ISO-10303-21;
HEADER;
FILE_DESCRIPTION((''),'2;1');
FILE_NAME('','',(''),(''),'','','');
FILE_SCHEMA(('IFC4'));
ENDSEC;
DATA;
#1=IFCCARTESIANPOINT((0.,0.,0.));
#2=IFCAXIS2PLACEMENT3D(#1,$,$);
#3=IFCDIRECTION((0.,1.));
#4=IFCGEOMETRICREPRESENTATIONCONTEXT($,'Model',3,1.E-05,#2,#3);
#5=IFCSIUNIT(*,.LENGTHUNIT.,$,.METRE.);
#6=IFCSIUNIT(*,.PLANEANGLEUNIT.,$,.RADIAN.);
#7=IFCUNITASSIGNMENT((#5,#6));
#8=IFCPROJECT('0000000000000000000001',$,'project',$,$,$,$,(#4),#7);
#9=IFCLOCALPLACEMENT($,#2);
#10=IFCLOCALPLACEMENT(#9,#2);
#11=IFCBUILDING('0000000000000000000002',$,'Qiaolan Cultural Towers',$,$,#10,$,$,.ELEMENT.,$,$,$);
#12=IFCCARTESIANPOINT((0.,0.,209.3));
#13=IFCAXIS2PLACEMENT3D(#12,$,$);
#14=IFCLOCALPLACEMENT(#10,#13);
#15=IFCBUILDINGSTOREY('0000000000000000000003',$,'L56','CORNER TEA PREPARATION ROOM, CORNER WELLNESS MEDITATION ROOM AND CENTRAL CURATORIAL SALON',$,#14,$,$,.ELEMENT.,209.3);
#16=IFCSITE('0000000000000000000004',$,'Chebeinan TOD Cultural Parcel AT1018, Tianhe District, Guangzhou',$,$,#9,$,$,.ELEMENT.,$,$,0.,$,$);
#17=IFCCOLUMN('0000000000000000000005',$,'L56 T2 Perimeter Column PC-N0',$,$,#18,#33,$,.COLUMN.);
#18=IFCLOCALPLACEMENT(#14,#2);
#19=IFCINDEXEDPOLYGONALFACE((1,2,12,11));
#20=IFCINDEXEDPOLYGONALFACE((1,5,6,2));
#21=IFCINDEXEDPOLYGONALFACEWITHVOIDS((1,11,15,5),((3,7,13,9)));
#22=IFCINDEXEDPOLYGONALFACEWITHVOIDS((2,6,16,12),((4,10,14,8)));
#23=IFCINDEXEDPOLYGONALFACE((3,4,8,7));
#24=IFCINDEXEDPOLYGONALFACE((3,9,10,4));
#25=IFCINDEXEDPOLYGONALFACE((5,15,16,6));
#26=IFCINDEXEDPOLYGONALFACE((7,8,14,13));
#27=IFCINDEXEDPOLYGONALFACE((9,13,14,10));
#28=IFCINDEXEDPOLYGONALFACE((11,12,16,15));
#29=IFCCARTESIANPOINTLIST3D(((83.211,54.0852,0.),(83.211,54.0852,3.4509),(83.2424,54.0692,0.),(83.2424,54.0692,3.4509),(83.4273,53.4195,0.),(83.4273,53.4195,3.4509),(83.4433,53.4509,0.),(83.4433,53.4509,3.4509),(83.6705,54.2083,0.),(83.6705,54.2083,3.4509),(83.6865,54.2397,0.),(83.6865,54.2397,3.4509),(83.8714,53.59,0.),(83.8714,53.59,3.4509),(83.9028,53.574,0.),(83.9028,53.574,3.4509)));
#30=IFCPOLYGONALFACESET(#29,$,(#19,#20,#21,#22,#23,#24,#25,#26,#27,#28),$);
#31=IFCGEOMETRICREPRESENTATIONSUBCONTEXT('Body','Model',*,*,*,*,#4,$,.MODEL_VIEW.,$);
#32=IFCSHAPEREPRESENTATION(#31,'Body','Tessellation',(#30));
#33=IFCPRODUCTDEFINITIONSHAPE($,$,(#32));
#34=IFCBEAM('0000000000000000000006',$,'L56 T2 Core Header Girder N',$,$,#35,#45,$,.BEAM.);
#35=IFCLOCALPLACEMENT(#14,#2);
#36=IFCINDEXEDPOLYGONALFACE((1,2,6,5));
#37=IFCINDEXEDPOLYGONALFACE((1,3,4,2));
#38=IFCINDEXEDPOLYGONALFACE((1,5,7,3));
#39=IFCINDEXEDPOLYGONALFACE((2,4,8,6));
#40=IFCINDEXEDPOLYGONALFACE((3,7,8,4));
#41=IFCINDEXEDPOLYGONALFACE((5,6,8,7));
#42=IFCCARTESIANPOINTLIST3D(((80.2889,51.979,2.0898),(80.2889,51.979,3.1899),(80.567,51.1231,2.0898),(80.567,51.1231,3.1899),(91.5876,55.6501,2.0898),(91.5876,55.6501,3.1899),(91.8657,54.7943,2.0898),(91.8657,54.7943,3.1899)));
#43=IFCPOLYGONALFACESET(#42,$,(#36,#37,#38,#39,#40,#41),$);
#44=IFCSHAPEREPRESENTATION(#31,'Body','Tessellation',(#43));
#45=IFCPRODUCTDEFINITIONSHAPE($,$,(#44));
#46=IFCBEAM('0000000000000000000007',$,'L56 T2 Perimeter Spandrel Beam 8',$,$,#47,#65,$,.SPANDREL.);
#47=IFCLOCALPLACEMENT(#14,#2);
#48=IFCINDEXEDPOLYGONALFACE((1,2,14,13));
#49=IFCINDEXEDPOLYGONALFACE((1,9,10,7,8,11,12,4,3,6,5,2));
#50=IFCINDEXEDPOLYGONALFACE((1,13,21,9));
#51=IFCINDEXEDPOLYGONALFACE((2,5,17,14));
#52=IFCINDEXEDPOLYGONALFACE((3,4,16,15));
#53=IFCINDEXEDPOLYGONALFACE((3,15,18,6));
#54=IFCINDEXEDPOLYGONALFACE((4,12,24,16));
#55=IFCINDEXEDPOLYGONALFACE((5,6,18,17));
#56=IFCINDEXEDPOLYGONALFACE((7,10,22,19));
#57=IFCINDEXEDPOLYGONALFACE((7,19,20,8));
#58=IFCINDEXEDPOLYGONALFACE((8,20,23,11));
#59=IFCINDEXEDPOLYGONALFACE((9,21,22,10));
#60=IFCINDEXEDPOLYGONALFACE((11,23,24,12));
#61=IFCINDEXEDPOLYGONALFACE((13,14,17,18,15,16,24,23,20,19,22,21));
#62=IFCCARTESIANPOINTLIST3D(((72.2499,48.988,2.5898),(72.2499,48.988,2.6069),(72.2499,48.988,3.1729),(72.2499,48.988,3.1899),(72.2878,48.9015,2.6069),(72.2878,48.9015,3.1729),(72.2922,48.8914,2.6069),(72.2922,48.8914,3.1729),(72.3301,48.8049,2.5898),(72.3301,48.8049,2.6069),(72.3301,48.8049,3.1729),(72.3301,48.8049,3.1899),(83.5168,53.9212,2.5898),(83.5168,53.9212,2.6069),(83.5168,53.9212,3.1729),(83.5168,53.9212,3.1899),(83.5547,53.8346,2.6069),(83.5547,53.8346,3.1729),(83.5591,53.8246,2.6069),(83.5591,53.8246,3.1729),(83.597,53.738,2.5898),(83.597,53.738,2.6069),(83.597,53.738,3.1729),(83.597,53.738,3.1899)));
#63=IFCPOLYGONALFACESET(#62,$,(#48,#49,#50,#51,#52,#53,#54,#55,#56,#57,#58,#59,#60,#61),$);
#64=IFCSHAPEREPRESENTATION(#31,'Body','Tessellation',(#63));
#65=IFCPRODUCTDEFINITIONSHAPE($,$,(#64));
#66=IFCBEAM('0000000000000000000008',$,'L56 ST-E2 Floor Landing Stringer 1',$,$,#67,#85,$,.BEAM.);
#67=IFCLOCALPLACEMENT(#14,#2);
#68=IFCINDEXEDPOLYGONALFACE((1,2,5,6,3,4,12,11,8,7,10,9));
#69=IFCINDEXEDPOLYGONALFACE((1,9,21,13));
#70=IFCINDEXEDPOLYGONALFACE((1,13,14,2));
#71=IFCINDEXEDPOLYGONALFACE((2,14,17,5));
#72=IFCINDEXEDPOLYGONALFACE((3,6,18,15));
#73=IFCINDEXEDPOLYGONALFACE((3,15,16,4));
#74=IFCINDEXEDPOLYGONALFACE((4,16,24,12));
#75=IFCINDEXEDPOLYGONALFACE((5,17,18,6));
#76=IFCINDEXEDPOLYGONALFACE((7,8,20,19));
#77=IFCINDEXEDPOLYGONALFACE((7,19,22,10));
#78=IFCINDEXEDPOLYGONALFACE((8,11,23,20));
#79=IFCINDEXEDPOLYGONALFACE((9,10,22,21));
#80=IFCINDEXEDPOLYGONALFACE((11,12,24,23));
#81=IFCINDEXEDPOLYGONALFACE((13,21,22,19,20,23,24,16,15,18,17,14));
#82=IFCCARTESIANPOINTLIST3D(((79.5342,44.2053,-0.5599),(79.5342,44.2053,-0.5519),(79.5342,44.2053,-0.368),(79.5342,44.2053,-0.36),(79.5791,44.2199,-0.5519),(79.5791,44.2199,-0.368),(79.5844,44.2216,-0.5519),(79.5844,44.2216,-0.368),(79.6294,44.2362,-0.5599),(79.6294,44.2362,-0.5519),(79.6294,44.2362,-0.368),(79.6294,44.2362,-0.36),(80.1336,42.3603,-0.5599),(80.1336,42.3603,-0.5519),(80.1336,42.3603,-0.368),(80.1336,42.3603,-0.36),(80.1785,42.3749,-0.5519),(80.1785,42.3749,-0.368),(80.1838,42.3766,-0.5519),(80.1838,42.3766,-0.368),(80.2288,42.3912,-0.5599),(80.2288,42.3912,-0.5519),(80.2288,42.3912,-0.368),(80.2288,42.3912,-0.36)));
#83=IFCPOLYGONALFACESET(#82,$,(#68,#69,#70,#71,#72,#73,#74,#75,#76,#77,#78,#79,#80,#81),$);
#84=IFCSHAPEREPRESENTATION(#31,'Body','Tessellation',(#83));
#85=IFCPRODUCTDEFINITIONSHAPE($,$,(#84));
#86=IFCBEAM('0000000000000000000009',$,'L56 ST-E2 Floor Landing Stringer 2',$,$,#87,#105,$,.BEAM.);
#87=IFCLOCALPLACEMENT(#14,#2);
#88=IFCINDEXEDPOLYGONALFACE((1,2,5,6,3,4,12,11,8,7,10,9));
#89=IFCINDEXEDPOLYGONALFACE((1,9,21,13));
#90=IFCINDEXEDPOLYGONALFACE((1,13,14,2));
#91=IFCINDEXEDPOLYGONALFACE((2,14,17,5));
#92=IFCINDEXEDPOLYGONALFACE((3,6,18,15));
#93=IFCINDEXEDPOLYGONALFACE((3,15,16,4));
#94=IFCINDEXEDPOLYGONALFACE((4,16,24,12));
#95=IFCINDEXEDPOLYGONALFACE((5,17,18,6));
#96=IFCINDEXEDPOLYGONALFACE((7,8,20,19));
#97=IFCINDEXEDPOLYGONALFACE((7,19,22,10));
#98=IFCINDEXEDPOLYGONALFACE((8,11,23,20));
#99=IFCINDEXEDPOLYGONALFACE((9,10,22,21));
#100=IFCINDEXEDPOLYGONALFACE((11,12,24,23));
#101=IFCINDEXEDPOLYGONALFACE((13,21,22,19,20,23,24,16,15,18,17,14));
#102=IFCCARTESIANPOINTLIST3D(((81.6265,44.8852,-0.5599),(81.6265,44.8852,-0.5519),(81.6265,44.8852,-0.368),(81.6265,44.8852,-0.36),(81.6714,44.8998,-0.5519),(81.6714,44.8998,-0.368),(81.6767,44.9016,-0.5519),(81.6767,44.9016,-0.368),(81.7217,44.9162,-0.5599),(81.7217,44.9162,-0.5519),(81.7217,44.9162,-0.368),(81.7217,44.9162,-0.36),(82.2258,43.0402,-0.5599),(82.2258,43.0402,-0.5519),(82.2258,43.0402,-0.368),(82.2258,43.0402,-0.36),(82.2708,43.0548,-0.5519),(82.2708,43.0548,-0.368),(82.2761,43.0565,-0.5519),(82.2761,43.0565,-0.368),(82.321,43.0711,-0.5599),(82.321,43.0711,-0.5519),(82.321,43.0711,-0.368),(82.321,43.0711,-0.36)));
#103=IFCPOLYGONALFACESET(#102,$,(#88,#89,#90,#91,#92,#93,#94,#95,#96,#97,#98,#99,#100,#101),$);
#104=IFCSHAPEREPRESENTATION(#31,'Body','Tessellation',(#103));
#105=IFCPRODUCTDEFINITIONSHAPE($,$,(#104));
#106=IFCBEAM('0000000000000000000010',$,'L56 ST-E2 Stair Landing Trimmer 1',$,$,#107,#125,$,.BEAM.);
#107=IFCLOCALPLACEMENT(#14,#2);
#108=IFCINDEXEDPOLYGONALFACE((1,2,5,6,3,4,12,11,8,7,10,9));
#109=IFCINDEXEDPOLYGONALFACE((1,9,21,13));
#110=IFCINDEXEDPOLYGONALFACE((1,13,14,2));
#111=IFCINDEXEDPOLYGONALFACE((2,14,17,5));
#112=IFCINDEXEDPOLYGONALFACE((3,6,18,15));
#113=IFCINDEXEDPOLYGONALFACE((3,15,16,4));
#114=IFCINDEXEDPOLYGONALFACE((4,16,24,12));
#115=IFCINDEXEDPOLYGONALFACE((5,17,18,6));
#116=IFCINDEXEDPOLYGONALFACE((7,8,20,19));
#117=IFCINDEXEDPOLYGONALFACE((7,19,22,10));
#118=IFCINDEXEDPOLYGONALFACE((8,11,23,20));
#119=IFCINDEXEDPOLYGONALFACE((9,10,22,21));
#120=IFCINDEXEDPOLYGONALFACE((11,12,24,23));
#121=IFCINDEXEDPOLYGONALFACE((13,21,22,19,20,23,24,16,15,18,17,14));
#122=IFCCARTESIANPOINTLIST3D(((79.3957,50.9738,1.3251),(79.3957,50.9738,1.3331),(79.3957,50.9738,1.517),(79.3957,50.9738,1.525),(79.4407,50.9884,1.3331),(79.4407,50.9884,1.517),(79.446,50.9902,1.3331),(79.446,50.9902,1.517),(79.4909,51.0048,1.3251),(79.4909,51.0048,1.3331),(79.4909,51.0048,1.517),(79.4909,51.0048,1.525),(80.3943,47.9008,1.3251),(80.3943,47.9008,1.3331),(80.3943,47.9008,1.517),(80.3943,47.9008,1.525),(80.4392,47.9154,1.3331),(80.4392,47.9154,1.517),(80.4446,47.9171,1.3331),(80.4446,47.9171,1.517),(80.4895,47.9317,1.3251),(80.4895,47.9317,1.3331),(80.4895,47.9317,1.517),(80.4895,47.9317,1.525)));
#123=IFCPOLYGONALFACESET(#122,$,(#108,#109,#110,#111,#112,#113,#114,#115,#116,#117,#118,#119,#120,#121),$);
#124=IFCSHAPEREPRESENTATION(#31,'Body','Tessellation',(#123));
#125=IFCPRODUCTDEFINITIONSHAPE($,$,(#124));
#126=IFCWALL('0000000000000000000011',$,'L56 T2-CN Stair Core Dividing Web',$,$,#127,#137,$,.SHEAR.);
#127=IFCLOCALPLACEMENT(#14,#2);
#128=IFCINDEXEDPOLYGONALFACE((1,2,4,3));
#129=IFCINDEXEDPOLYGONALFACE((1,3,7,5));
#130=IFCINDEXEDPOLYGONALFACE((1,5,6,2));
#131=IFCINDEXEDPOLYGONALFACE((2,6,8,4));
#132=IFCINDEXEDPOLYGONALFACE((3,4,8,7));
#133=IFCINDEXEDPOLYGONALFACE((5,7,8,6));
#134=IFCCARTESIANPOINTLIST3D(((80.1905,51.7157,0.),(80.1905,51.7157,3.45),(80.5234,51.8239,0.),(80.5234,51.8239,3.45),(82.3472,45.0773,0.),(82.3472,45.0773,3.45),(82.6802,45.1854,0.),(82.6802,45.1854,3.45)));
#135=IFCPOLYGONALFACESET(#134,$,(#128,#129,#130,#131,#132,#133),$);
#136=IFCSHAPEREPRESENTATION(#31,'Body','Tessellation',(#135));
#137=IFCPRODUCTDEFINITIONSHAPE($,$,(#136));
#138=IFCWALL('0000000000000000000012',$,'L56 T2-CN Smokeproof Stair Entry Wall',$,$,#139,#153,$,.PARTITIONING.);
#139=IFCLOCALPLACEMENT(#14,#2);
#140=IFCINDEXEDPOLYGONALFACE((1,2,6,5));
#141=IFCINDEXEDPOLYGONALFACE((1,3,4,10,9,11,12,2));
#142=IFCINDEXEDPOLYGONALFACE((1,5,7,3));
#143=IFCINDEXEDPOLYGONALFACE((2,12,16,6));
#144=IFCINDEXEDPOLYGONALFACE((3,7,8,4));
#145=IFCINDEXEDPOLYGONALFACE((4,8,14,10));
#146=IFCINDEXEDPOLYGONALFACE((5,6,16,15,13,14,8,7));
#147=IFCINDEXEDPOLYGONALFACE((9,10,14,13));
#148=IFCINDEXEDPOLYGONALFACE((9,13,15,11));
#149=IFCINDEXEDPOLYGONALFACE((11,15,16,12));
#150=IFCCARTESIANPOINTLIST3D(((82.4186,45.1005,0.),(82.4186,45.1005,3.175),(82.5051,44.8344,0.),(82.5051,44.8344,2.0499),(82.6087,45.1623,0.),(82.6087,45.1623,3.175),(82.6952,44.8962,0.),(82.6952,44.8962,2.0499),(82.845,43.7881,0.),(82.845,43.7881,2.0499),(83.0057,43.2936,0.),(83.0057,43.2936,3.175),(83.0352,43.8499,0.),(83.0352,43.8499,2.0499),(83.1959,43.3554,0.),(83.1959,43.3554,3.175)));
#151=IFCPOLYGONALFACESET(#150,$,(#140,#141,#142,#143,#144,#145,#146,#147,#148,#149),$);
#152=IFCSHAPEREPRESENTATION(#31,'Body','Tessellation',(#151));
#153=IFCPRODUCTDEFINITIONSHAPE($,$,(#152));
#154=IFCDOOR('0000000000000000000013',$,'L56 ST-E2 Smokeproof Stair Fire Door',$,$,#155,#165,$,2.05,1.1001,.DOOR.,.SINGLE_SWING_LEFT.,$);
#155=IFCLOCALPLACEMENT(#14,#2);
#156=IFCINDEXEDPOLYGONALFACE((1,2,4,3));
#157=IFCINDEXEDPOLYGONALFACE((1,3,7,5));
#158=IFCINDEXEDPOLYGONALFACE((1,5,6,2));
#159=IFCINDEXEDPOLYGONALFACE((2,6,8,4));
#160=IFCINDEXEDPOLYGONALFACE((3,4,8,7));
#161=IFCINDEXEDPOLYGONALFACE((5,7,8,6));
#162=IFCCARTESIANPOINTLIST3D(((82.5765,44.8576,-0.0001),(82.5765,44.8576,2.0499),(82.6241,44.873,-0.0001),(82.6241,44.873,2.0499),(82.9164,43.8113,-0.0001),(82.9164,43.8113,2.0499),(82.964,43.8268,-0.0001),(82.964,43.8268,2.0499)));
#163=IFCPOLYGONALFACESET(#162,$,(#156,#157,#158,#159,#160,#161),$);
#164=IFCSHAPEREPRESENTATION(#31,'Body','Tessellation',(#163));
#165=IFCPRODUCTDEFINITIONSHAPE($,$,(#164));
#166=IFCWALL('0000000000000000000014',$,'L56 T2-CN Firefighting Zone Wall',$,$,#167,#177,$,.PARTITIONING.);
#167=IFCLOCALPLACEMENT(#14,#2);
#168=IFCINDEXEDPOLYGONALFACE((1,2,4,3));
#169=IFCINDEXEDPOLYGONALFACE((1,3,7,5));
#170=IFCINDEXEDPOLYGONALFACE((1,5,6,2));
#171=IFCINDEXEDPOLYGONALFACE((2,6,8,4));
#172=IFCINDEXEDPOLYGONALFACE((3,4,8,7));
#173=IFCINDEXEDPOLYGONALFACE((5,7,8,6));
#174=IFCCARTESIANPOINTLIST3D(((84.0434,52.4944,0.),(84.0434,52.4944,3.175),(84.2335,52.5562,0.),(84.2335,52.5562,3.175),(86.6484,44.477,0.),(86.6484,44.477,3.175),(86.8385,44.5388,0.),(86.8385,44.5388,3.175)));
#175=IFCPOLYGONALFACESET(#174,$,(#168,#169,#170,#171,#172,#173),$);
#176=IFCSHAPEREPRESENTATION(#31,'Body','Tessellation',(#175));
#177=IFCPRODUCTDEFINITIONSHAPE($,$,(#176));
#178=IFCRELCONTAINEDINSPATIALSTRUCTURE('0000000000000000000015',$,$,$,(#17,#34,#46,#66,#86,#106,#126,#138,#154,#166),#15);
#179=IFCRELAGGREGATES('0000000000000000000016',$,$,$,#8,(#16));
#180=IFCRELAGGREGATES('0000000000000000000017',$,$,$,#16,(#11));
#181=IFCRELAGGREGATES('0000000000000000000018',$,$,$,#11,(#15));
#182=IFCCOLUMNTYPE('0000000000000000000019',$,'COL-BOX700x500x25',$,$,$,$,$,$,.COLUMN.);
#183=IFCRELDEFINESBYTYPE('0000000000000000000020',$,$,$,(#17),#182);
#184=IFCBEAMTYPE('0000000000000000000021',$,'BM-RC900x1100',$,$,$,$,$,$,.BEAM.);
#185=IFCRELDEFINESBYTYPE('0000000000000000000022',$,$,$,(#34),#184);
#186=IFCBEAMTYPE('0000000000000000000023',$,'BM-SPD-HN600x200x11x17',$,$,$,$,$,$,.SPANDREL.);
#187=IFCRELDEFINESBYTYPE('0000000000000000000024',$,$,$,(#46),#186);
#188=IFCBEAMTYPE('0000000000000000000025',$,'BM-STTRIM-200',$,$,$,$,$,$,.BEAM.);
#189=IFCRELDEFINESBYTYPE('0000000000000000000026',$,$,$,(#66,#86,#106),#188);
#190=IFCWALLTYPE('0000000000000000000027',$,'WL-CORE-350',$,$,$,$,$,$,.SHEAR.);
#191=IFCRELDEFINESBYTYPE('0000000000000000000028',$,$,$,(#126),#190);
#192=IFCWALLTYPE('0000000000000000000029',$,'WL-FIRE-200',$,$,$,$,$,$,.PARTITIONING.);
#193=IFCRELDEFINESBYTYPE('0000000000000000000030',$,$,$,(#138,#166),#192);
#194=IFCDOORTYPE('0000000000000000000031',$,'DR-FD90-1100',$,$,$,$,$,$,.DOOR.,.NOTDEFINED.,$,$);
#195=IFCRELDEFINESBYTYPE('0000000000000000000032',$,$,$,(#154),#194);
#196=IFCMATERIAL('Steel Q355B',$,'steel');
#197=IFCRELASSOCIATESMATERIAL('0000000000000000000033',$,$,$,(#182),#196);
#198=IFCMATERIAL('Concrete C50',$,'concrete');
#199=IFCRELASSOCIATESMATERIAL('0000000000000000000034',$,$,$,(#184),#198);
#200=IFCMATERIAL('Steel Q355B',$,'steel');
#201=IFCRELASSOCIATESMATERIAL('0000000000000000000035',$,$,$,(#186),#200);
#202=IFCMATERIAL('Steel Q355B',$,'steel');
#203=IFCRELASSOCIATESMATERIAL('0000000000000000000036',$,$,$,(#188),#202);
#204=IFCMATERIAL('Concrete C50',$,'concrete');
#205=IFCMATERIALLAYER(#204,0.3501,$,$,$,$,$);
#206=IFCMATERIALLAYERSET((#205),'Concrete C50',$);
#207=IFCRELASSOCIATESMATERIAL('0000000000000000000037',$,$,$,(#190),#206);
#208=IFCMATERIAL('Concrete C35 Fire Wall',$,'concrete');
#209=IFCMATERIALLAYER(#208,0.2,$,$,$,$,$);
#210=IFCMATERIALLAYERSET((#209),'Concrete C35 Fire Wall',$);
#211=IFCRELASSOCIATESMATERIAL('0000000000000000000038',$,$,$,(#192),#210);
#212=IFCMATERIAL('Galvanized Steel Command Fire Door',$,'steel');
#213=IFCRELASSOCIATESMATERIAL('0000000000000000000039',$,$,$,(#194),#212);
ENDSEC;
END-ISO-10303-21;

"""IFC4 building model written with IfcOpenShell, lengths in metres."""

from ifc_helpers import new_model, si_unit, direction, frame, frame_2d, origin, origin_2d, place, context, subcontext, project, spatial, rectangle, hollow_rectangle, i_section, extrude, material, layer, layer_set, material_profile, profile_set, type_object, element, fill, save


model = new_model("IFC4")

# Units and contexts
model_context = context("Model", 3, precision=1e-05, world=origin(), true_north=direction((0.0, 1.0)))
body_context = subcontext(model_context, "Body", "Model", "MODEL_VIEW")
ifc_project = project(units=[si_unit("LENGTHUNIT", "METRE"), si_unit("PLANEANGLEUNIT", "RADIAN")], contexts=[model_context])

# Site, building, storey
site_placement = place(None, origin())
site = spatial("IfcSite", under=ifc_project, at=site_placement, Name="Chebeinan TOD Cultural Parcel AT1018, Tianhe District, Guangzhou", CompositionType="ELEMENT", RefElevation=0.0)
building_placement = place(site_placement, origin())
building = spatial("IfcBuilding", under=site, at=building_placement, Name="Qiaolan Cultural Towers", CompositionType="ELEMENT")
storey_placement = place(building_placement, frame((0.0, 0.0, 209.3)))
storey = spatial("IfcBuildingStorey", under=building, at=storey_placement, Name="L56", Description="CORNER TEA PREPARATION ROOM, CORNER WELLNESS MEDITATION ROOM AND CENTRAL CURATORIAL SALON", CompositionType="ELEMENT", Elevation=209.3)

# Column
ifc_material_1 = material(Name="Steel Q355B", Category="steel")
ifc_material_profile_1 = material_profile(ifc_material_1, hollow_rectangle(XDim=0.5, YDim=0.7, WallThickness=0.0249, at=origin_2d()), Name="BOX700x500x25")
ifc_profile_set_1 = profile_set([ifc_material_profile_1], Name="Steel Q355B")
column_type = type_object("IfcColumnType", Name="COL-BOX700x500x25", PredefinedType="COLUMN", material=ifc_profile_set_1)
column_placement = place(storey_placement, frame((83.5569, 53.8296, 0.0), z_axis=(0.0, 0.0, 1.0), x_axis=(0.951057, 0.309017, 0.0)))
element("IfcColumn", 1, at=column_placement, inside=storey, type_object=column_type, Name="L56 T2 Perimeter Column PC-N0", PredefinedType="COLUMN", context=body_context, shape_type="SweptSolid", body=[
    extrude(hollow_rectangle(XDim=0.5, YDim=0.7, WallThickness=0.0249, at=origin_2d()), origin(), (0.0, 0.0, 1.0), 3.4509),
])

# Beams
ifc_material_2 = material(Name="Concrete C50", Category="concrete")
ifc_material_profile_2 = material_profile(ifc_material_2, rectangle(XDim=0.8999, YDim=1.1001, at=origin_2d()), Name="RC900x1100")
ifc_profile_set_2 = profile_set([ifc_material_profile_2], Name="Concrete C50")
beam_type_1 = type_object("IfcBeamType", Name="BM-RC900x1100", PredefinedType="BEAM", material=ifc_profile_set_2)
beam_1_placement = place(storey_placement, frame((80.428, 51.551, 2.6399), z_axis=(0.951056, 0.309018, 0.0), x_axis=(-0.309018, 0.951056, 0.0)))
element("IfcBeam", 2, at=beam_1_placement, inside=storey, type_object=beam_type_1, Name="L56 T2 Core Header Girder N", PredefinedType="BEAM", context=body_context, shape_type="SweptSolid", body=[
    extrude(rectangle(XDim=0.8999, YDim=1.1001, at=origin_2d()), origin(), (0.0, 0.0, 1.0), 11.8801),
])
ifc_material_3 = material(Name="Steel Q355B", Category="steel")
ifc_material_profile_3 = material_profile(ifc_material_3, i_section(OverallWidth=0.2, OverallDepth=0.6001, WebThickness=0.011, FlangeThickness=0.0171, at=origin_2d()), Name="HN600x200x11x17")
ifc_profile_set_3 = profile_set([ifc_material_profile_3], Name="Steel Q355B")
beam_type_2 = type_object("IfcBeamType", Name="BM-SPD-HN600x200x11x17", PredefinedType="SPANDREL", material=ifc_profile_set_3)
beam_2_placement = place(storey_placement, frame((83.5569, 53.8296, 2.8899), z_axis=(-0.916042, -0.401082, 0.0), x_axis=(0.401082, -0.916042, 0.0)))
element("IfcBeam", 3, at=beam_2_placement, inside=storey, type_object=beam_type_2, Name="L56 T2 Perimeter Spandrel Beam 8", PredefinedType="SPANDREL", context=body_context, shape_type="SweptSolid", body=[
    extrude(i_section(OverallWidth=0.2, OverallDepth=0.6001, WebThickness=0.011, FlangeThickness=0.0171, at=origin_2d()), origin(), (0.0, 0.0, 1.0), 12.2996),
])
ifc_material_4 = material(Name="Steel Q355B", Category="steel")
ifc_material_profile_4 = material_profile(ifc_material_4, i_section(OverallWidth=0.1001, OverallDepth=0.2, WebThickness=0.0056, FlangeThickness=0.0081, at=origin_2d()), Name="HN200x100x5.5x8")
ifc_profile_set_4 = profile_set([ifc_material_profile_4], Name="Steel Q355B")
beam_type_3 = type_object("IfcBeamType", Name="BM-STTRIM-200", PredefinedType="BEAM", material=ifc_profile_set_4)
for number, where, z_axis, x_axis, name in (
    (4, (80.1812, 42.3757, -0.46), (-0.308969, 0.951072, 0.0), (-0.951072, -0.308969, 0.0), "L56 ST-E2 Floor Landing Stringer 1"),
    (5, (82.2734, 43.0557, -0.46), (-0.308969, 0.951072, 0.0), (-0.951072, -0.308969, 0.0), "L56 ST-E2 Floor Landing Stringer 2"),
):
    element("IfcBeam", number, at=place(storey_placement, frame(where, z_axis=z_axis, x_axis=x_axis)), inside=storey, type_object=beam_type_3, Name=name, PredefinedType="BEAM", context=body_context, shape_type="SweptSolid", body=[
        extrude(i_section(OverallWidth=0.1001, OverallDepth=0.2, WebThickness=0.0056, FlangeThickness=0.0081, at=origin_2d()), origin(), (0.0, 0.0, 1.0), 1.9399),
    ])
beam_3_placement = place(storey_placement, frame((80.4419, 47.9163, 1.425), z_axis=(-0.309033, 0.951051, 0.0), x_axis=(-0.951051, -0.309033, 0.0)))
element("IfcBeam", 6, at=beam_3_placement, inside=storey, type_object=beam_type_3, Name="L56 ST-E2 Stair Landing Trimmer 1", PredefinedType="BEAM", context=body_context, shape_type="SweptSolid", body=[
    extrude(i_section(OverallWidth=0.1001, OverallDepth=0.2, WebThickness=0.0056, FlangeThickness=0.0081, at=origin_2d()), origin(), (0.0, 0.0, 1.0), 3.2312),
])

# Wall
ifc_material_5 = material(Name="Concrete C50", Category="concrete")
ifc_layer_1 = layer(ifc_material_5, 0.3501)
ifc_layer_set_1 = layer_set([ifc_layer_1], Name="Concrete C50")
wall_type_1 = type_object("IfcWallType", Name="WL-CORE-350", PredefinedType="SHEAR", material=ifc_layer_set_1)
wall_1_placement = place(storey_placement, frame((82.5137, 45.1313, 0.0), z_axis=(0.0, 0.0, 1.0), x_axis=(-0.308989, 0.951066, 0.0)))
element("IfcWall", 7, at=wall_1_placement, inside=storey, type_object=wall_type_1, Name="L56 T2-CN Stair Core Dividing Web", PredefinedType="SHEAR", context=body_context, shape_type="SweptSolid", body=[
    extrude(rectangle(XDim=6.98, YDim=0.3501, at=frame_2d((3.49, 0.0))), origin(), (0.0, 0.0, 1.0), 3.45),
])

# Wall, opening, door
ifc_material_6 = material(Name="Concrete C35 Fire Wall", Category="concrete")
ifc_layer_2 = layer(ifc_material_6, 0.2)
ifc_layer_set_2 = layer_set([ifc_layer_2], Name="Concrete C35 Fire Wall")
wall_type_2 = type_object("IfcWallType", Name="WL-FIRE-200", PredefinedType="PARTITIONING", material=ifc_layer_set_2)
wall_2_placement = place(storey_placement, frame((83.1008, 43.3245, 0.0), z_axis=(0.0, 0.0, 1.0), x_axis=(-0.309048, 0.951046, 0.0)))
wall_2 = element("IfcWall", 8, at=wall_2_placement, inside=storey, type_object=wall_type_2, Name="L56 T2-CN Smokeproof Stair Entry Wall", PredefinedType="PARTITIONING", context=body_context, shape_type="SweptSolid", body=[
    extrude(rectangle(XDim=1.8999, YDim=0.2, at=frame_2d((0.95, 0.0))), origin(), (0.0, 0.0, 1.0), 3.175),
])
opening_1_placement = place(wall_2_placement, frame((0.52, 0.0, 0.0)))
opening_1 = element("IfcOpeningElement", 9, at=opening_1_placement, cuts=wall_2, PredefinedType="OPENING", context=body_context, shape_type="SweptSolid", body=[
    extrude(rectangle(XDim=1.1001, YDim=2.05, at=frame_2d((0.55, 1.0249))), frame((0.0, 0.1099, 0.0), z_axis=(0.0, -1.0, 0.0), x_axis=(1.0, 0.0, 0.0)), (0.0, 0.0, 1.0), 0.22),
])
ifc_material_7 = material(Name="Galvanized Steel Command Fire Door", Category="steel")
door_type_1 = type_object("IfcDoorType", Name="DR-FD90-1100", OperationType="NOTDEFINED", PredefinedType="DOOR", material=ifc_material_7)
door_1_placement = place(opening_1_placement, origin())
door_1 = element("IfcDoor", 10, at=door_1_placement, inside=storey, type_object=door_type_1, Name="L56 ST-E2 Smokeproof Stair Fire Door", OperationType="SINGLE_SWING_LEFT", OverallHeight=2.05, OverallWidth=1.1001, PredefinedType="DOOR", context=body_context, shape_type="SweptSolid", body=[
    extrude(rectangle(XDim=1.1001, YDim=2.05, at=frame_2d((0.55, 1.0249))), frame((0.0, 0.0249, 0.0), z_axis=(0.0, -1.0, 0.0), x_axis=(1.0, 0.0, 0.0)), (0.0, 0.0, 1.0), 0.05),
])
fill(opening_1, door_1)

# Wall
wall_3_placement = place(storey_placement, frame((86.7434, 44.5081, 0.0), z_axis=(0.0, 0.0, 1.0), x_axis=(-0.309016, 0.951057, 0.0)))
element("IfcWall", 11, at=wall_3_placement, inside=storey, type_object=wall_type_2, Name="L56 T2-CN Firefighting Zone Wall", PredefinedType="PARTITIONING", context=body_context, shape_type="SweptSolid", body=[
    extrude(rectangle(XDim=8.4299, YDim=0.2, at=frame_2d((4.2148, 0.0))), origin(), (0.0, 0.0, 1.0), 3.175),
])

save(model, "model.ifc")
